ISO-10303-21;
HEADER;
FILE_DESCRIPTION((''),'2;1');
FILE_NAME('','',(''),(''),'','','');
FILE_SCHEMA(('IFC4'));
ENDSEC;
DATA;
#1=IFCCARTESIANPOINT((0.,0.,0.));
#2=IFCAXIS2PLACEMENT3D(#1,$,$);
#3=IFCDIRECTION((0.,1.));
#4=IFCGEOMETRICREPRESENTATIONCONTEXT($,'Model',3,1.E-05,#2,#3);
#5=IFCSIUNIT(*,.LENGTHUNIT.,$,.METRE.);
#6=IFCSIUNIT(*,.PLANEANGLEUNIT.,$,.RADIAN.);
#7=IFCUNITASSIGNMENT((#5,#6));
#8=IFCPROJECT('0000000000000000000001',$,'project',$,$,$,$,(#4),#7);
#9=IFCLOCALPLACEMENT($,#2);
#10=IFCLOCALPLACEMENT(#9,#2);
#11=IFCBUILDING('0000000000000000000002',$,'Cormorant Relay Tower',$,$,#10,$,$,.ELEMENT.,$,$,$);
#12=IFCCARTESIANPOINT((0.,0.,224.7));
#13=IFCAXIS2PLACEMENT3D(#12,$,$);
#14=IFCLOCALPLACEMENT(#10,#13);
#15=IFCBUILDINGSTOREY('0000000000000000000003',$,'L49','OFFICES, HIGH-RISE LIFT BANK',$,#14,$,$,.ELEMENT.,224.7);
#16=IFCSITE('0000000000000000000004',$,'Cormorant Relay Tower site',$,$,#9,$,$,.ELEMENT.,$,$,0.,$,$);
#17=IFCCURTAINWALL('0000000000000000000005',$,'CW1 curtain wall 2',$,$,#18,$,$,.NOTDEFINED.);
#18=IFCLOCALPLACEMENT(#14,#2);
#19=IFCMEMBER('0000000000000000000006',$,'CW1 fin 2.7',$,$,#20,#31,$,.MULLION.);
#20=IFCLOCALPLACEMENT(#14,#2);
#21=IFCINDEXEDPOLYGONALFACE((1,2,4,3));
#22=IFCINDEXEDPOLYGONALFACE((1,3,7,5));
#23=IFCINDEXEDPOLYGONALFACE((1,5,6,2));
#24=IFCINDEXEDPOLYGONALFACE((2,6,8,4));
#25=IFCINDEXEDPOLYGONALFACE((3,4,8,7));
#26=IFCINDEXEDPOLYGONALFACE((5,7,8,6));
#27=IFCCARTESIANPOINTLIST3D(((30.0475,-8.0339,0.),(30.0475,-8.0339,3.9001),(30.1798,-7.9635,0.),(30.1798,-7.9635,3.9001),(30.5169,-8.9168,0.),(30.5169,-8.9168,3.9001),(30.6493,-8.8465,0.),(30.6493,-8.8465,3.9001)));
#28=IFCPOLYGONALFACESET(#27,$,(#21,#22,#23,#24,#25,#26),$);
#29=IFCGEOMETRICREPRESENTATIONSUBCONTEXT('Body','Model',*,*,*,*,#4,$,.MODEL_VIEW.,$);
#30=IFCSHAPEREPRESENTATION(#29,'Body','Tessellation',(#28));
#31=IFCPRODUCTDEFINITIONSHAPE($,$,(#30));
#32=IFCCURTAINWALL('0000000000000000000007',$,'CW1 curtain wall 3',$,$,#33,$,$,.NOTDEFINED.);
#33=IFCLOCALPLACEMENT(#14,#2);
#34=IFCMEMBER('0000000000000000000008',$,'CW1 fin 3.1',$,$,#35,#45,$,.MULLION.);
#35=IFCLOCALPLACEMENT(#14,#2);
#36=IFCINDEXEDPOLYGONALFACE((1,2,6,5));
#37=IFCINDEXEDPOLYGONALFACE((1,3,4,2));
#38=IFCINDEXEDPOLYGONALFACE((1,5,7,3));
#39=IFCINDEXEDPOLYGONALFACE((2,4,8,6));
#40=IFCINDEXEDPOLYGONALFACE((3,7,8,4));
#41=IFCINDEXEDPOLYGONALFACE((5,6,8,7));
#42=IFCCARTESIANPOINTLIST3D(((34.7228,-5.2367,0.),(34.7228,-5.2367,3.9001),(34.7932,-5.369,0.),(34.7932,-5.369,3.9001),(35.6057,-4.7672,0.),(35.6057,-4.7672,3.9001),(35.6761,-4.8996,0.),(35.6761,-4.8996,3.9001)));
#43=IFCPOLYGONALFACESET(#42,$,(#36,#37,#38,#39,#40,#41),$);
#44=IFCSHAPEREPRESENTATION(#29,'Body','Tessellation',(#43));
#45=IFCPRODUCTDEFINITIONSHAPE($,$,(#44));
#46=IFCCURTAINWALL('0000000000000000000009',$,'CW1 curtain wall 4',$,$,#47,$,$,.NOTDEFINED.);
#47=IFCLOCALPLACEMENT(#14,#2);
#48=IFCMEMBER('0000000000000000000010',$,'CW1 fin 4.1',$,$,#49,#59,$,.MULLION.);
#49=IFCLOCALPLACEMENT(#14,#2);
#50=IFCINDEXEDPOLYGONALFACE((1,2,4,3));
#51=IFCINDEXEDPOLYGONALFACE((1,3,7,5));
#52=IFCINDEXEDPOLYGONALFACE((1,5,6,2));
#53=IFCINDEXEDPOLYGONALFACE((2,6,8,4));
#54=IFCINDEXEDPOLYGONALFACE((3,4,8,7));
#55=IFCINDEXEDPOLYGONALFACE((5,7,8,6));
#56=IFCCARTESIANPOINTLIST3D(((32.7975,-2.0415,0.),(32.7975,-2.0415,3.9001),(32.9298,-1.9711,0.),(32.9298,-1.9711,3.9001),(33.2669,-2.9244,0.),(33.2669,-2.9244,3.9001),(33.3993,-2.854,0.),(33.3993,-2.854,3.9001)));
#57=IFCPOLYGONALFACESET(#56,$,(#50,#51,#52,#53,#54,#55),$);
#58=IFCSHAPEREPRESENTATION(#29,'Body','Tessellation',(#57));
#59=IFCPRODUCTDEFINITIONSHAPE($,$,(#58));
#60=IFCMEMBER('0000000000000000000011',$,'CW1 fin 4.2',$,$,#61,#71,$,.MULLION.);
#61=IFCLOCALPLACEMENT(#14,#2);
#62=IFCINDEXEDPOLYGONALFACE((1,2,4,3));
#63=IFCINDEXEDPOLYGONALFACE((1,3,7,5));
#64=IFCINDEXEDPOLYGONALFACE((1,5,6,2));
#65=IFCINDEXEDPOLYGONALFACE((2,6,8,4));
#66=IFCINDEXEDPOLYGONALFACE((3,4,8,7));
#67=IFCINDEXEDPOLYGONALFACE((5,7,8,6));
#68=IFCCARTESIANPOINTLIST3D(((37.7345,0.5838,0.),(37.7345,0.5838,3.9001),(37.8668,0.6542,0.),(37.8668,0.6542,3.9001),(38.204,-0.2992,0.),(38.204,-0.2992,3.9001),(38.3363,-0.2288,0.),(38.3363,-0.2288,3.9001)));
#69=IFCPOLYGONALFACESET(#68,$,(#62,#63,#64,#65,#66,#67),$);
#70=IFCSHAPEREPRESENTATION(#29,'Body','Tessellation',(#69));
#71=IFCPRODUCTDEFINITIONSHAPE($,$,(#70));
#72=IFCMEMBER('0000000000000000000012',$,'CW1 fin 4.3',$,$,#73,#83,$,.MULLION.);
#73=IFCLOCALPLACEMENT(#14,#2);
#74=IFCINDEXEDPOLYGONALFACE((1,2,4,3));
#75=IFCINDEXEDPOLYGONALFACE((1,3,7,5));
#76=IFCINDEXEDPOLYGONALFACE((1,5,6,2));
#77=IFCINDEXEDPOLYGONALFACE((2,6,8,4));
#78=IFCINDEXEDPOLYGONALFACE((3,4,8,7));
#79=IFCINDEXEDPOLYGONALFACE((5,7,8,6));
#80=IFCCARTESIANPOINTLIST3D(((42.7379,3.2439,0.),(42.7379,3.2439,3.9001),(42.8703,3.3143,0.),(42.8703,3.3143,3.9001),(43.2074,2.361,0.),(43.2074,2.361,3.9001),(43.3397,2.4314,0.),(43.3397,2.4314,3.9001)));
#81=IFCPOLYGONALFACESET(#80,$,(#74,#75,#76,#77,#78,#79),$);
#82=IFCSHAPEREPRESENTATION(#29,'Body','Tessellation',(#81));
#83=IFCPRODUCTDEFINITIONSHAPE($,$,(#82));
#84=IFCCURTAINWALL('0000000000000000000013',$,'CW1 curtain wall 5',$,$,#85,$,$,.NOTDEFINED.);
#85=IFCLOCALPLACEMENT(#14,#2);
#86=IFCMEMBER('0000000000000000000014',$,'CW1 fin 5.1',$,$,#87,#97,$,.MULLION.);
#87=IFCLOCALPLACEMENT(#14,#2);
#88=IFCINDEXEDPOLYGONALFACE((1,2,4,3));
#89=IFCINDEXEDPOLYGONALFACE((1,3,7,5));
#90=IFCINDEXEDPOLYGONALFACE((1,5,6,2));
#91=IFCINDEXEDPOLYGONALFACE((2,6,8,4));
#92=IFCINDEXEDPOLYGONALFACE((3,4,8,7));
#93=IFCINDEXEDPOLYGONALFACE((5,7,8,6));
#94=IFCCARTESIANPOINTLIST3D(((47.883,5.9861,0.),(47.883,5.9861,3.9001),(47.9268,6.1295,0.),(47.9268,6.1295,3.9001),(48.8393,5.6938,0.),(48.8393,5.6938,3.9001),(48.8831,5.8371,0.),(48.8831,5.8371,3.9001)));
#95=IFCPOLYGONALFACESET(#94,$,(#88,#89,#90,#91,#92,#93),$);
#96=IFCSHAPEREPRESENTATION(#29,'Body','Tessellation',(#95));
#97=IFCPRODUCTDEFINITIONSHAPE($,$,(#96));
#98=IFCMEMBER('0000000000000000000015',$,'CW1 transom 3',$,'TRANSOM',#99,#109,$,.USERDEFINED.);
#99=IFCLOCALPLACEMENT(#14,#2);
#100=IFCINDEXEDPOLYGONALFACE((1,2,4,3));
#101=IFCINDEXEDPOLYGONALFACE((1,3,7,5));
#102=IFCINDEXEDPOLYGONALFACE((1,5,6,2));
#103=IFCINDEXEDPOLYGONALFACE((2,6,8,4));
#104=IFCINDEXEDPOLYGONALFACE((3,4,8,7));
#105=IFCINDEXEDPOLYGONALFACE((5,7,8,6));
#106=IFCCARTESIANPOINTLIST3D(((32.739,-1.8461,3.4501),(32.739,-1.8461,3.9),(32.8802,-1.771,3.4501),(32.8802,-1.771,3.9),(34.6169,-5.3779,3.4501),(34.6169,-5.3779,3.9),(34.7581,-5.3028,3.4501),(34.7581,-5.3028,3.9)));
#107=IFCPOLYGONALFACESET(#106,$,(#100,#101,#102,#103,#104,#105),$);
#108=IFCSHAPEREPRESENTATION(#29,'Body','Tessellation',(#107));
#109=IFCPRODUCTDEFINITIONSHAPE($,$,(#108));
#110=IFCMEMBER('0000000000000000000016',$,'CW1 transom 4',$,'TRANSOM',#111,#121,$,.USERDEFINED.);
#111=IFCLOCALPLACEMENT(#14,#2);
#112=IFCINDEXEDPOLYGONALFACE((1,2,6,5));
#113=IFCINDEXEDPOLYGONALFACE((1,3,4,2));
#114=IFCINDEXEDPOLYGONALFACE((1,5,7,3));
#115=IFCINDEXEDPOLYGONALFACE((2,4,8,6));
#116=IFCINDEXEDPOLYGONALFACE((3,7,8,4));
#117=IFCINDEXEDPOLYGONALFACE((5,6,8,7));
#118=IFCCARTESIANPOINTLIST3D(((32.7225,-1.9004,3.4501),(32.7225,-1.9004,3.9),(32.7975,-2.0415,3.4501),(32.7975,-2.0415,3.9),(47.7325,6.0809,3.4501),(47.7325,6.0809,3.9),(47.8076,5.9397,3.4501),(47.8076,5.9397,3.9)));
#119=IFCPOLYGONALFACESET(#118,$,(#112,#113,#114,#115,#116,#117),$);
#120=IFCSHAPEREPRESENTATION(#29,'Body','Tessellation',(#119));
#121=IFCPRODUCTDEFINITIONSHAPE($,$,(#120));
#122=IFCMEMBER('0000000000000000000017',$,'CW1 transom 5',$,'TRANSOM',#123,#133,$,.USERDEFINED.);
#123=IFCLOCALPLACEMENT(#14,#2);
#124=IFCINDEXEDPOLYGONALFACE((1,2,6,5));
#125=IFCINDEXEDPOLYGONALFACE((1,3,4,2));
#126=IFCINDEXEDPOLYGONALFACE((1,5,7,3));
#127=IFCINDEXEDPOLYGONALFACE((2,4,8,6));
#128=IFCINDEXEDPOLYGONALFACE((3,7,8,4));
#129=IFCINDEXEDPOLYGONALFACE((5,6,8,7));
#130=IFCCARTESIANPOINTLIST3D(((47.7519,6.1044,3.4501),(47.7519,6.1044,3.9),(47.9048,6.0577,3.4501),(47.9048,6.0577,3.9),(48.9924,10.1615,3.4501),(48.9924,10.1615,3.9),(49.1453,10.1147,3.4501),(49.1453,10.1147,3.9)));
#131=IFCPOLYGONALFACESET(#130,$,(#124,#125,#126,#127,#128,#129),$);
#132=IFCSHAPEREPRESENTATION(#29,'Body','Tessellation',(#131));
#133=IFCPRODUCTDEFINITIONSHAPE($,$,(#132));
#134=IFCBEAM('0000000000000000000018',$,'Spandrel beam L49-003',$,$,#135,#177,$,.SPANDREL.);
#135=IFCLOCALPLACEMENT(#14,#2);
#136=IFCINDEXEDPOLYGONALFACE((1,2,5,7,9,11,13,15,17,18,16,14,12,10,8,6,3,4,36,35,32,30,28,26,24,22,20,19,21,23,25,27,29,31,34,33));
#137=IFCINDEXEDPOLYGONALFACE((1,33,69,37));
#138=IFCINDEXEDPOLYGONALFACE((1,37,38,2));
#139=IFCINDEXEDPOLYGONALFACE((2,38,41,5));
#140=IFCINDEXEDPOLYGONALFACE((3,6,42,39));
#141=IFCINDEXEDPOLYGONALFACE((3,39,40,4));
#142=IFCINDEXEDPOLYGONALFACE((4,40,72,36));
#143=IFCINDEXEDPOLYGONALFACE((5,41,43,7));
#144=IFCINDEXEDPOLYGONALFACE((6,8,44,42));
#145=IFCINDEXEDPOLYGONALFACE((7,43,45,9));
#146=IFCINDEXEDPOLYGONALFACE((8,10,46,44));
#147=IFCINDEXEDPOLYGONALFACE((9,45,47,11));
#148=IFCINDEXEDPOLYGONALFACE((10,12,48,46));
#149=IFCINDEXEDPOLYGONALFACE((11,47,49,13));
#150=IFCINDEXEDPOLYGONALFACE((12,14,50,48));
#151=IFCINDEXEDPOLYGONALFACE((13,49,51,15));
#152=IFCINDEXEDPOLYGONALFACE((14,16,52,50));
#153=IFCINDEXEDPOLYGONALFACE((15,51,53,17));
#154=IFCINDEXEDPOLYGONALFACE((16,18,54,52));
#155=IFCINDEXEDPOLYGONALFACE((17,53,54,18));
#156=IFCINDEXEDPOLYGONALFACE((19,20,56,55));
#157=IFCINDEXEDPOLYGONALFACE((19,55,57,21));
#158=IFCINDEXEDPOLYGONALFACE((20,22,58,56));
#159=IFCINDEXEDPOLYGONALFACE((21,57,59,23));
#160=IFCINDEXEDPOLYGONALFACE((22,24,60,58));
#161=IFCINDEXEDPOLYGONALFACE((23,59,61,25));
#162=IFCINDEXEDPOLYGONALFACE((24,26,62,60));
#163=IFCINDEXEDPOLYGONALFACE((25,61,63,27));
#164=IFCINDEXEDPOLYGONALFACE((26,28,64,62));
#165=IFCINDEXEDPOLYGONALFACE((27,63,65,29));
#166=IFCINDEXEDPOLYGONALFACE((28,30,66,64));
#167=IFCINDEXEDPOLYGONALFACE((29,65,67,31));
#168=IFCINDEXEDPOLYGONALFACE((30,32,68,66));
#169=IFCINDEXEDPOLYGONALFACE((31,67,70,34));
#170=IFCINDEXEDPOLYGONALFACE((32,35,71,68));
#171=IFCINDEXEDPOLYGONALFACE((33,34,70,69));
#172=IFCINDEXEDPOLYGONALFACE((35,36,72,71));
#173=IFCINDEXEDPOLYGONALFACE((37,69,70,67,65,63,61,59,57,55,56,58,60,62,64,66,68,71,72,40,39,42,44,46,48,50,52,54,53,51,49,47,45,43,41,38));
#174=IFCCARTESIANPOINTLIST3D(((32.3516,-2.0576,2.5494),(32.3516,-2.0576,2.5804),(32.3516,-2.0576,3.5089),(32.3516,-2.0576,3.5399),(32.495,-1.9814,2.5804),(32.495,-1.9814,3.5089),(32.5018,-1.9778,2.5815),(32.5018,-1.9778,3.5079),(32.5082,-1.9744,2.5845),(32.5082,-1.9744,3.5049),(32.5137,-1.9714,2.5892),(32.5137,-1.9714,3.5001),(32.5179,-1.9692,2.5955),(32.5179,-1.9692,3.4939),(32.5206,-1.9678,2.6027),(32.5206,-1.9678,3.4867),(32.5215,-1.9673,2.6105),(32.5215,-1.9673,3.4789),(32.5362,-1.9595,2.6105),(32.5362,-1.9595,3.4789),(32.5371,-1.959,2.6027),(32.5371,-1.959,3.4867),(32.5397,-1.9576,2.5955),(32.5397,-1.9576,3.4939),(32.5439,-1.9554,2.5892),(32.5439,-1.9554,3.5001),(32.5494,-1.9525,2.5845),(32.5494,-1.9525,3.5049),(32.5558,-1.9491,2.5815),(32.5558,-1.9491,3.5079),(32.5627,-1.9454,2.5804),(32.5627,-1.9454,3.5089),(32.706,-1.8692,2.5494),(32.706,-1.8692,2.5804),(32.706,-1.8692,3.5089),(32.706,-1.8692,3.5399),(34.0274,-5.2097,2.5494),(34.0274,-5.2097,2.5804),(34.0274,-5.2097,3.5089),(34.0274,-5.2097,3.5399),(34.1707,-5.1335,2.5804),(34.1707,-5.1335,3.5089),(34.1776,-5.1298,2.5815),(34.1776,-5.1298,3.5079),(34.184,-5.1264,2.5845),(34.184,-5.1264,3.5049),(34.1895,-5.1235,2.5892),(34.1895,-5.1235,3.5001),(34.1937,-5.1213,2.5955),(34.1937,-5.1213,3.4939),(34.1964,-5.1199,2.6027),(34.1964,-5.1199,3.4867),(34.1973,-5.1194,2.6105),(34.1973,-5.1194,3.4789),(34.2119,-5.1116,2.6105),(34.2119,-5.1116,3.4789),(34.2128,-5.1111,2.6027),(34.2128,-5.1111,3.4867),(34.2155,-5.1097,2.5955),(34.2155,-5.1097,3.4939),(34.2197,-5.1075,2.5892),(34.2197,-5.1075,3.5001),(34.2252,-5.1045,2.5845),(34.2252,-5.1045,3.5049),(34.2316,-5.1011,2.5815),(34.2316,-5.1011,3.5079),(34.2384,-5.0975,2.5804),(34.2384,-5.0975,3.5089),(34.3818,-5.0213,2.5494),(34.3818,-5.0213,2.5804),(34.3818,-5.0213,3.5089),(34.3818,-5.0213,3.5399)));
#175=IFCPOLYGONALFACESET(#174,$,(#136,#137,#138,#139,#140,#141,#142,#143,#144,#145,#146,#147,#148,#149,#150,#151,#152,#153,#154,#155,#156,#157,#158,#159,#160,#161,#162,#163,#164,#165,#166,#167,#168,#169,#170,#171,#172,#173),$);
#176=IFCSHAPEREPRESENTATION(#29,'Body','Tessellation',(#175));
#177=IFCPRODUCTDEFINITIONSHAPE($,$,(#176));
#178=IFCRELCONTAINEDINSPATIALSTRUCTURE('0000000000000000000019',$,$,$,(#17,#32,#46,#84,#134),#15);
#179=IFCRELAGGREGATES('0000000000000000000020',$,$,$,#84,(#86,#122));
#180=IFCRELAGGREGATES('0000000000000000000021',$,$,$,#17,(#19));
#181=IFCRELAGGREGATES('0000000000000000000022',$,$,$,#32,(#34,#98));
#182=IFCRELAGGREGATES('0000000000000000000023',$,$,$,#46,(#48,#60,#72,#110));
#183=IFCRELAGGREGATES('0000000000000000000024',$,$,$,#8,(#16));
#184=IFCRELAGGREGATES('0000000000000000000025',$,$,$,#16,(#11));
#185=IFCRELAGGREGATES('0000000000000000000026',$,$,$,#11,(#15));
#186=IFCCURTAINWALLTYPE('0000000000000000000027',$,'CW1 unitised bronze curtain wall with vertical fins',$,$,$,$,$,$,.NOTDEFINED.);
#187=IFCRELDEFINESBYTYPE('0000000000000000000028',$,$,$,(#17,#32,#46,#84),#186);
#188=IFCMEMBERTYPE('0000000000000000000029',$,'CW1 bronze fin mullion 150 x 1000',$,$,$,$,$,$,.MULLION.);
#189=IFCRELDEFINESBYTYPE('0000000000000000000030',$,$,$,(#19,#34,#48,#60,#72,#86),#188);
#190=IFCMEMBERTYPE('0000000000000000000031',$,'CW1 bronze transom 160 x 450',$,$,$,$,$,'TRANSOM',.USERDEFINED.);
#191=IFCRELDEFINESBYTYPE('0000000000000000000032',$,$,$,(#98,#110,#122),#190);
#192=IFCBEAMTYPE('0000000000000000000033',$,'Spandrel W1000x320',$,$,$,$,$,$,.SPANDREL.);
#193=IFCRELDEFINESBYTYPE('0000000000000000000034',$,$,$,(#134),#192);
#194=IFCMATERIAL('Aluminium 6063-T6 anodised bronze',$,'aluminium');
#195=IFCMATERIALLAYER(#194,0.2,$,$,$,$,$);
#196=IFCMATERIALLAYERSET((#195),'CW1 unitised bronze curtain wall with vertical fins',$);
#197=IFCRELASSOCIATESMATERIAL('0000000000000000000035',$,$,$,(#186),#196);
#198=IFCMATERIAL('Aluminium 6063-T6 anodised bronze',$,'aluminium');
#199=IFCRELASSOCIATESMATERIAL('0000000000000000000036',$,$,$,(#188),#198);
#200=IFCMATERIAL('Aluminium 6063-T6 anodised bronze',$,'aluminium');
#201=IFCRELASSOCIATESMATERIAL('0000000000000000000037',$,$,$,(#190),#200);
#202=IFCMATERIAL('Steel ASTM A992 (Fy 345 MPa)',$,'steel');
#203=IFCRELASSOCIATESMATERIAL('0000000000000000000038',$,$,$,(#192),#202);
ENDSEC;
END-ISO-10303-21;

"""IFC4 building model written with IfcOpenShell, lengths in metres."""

from ifc_helpers import new_model, si_unit, direction, frame, origin, origin_2d, place, context, subcontext, project, spatial, rectangle, i_section, extrude, material, layer, layer_set, material_profile, profile_set, type_object, element, aggregate, save


model = new_model("IFC4")

# Units and contexts
model_context = context("Model", 3, precision=1e-05, world=origin(), true_north=direction((0.0, 1.0)))
body_context = subcontext(model_context, "Body", "Model", "MODEL_VIEW")
ifc_project = project(units=[si_unit("LENGTHUNIT", "METRE"), si_unit("PLANEANGLEUNIT", "RADIAN")], contexts=[model_context])

# Site, building, storey
site_placement = place(None, origin())
site = spatial("IfcSite", under=ifc_project, at=site_placement, Name="Cormorant Relay Tower site", CompositionType="ELEMENT", RefElevation=0.0)
building_placement = place(site_placement, origin())
building = spatial("IfcBuilding", under=site, at=building_placement, Name="Cormorant Relay Tower", CompositionType="ELEMENT")
storey_placement = place(building_placement, frame((0.0, 0.0, 224.7)))
storey = spatial("IfcBuildingStorey", under=building, at=storey_placement, Name="L49", Description="OFFICES, HIGH-RISE LIFT BANK", CompositionType="ELEMENT", Elevation=224.7)

# Curtain walls, members
ifc_material_1 = material(Name="Aluminium 6063-T6 anodised bronze", Category="aluminium")
ifc_layer_1 = layer(ifc_material_1, 0.2)
ifc_layer_set_1 = layer_set([ifc_layer_1], Name="CW1 unitised bronze curtain wall with vertical fins")
curtain_wall_type = type_object("IfcCurtainWallType", Name="CW1 unitised bronze curtain wall with vertical fins", PredefinedType="NOTDEFINED", material=ifc_layer_set_1)
curtain_wall_1_placement = place(storey_placement, origin())
curtain_wall_1 = element("IfcCurtainWall", 1, at=curtain_wall_1_placement, inside=storey, type_object=curtain_wall_type, Name="CW1 curtain wall 2", PredefinedType="NOTDEFINED")
ifc_material_2 = material(Name="Aluminium 6063-T6 anodised bronze", Category="aluminium")
ifc_material_profile_1 = material_profile(ifc_material_2, rectangle(XDim=0.1499, YDim=1.0, at=origin_2d()), Name="AL 150x1000")
ifc_profile_set_1 = profile_set([ifc_material_profile_1], Name="Aluminium 6063-T6 anodised bronze")
member_type_1 = type_object("IfcMemberType", Name="CW1 bronze fin mullion 150 x 1000", PredefinedType="MULLION", material=ifc_profile_set_1)
member_1_placement = place(storey_placement, frame((30.3484, -8.4402, 0.0), z_axis=(0.0, 0.0, 1.0), x_axis=(0.882948, 0.469472, 0.0)))
member_1 = element("IfcMember", 2, at=member_1_placement, type_object=member_type_1, Name="CW1 fin 2.7", PredefinedType="MULLION", context=body_context, shape_type="SweptSolid", body=[
    extrude(rectangle(XDim=0.1499, YDim=1.0, at=origin_2d()), origin(), (0.0, 0.0, 1.0), 3.9001),
])
curtain_wall_2_placement = place(storey_placement, origin())
curtain_wall_2 = element("IfcCurtainWall", 3, at=curtain_wall_2_placement, inside=storey, type_object=curtain_wall_type, Name="CW1 curtain wall 3", PredefinedType="NOTDEFINED")
member_2_placement = place(storey_placement, frame((35.1995, -5.0681, 0.0), z_axis=(0.0, 0.0, 1.0), x_axis=(-0.469472, 0.882948, 0.0)))
member_2 = element("IfcMember", 4, at=member_2_placement, type_object=member_type_1, Name="CW1 fin 3.1", PredefinedType="MULLION", context=body_context, shape_type="SweptSolid", body=[
    extrude(rectangle(XDim=0.1499, YDim=1.0, at=origin_2d()), origin(), (0.0, 0.0, 1.0), 3.9001),
])

# Curtain wall, members
curtain_wall_3_placement = place(storey_placement, origin())
curtain_wall_3 = element("IfcCurtainWall", 5, at=curtain_wall_3_placement, inside=storey, type_object=curtain_wall_type, Name="CW1 curtain wall 4", PredefinedType="NOTDEFINED")
member_3_placement = place(storey_placement, frame((33.0984, -2.4478, 0.0), z_axis=(0.0, 0.0, 1.0), x_axis=(0.882948, 0.469472, 0.0)))
member_3 = element("IfcMember", 6, at=member_3_placement, type_object=member_type_1, Name="CW1 fin 4.1", PredefinedType="MULLION", context=body_context, shape_type="SweptSolid", body=[
    extrude(rectangle(XDim=0.1499, YDim=1.0, at=origin_2d()), origin(), (0.0, 0.0, 1.0), 3.9001),
])
member_4_placement = place(storey_placement, frame((38.0354, 0.1775, 0.0), z_axis=(0.0, 0.0, 1.0), x_axis=(0.882948, 0.469472, 0.0)))
member_4 = element("IfcMember", 7, at=member_4_placement, type_object=member_type_1, Name="CW1 fin 4.2", PredefinedType="MULLION", context=body_context, shape_type="SweptSolid", body=[
    extrude(rectangle(XDim=0.1499, YDim=1.0, at=origin_2d()), origin(), (0.0, 0.0, 1.0), 3.9001),
])
member_5_placement = place(storey_placement, frame((43.0388, 2.8376, 0.0), z_axis=(0.0, 0.0, 1.0), x_axis=(0.882948, 0.469472, 0.0)))
member_5 = element("IfcMember", 8, at=member_5_placement, type_object=member_type_1, Name="CW1 fin 4.3", PredefinedType="MULLION", context=body_context, shape_type="SweptSolid", body=[
    extrude(rectangle(XDim=0.1499, YDim=1.0, at=origin_2d()), origin(), (0.0, 0.0, 1.0), 3.9001),
])

# Curtain wall, member
curtain_wall_4_placement = place(storey_placement, origin())
curtain_wall_4 = element("IfcCurtainWall", 9, at=curtain_wall_4_placement, inside=storey, type_object=curtain_wall_type, Name="CW1 curtain wall 5", PredefinedType="NOTDEFINED")
member_6_placement = place(storey_placement, frame((48.3831, 5.9116, 0.0), z_axis=(0.0, 0.0, 1.0), x_axis=(0.292372, 0.956305, 0.0)))
member_6 = element("IfcMember", 10, at=member_6_placement, type_object=member_type_1, Name="CW1 fin 5.1", PredefinedType="MULLION", context=body_context, shape_type="SweptSolid", body=[
    extrude(rectangle(XDim=0.1499, YDim=1.0, at=origin_2d()), origin(), (0.0, 0.0, 1.0), 3.9001),
])

# Members
ifc_material_3 = material(Name="Aluminium 6063-T6 anodised bronze", Category="aluminium")
ifc_material_profile_2 = material_profile(ifc_material_3, rectangle(XDim=0.1599, YDim=0.45, at=origin_2d()), Name="AL 160x450")
ifc_profile_set_2 = profile_set([ifc_material_profile_2], Name="Aluminium 6063-T6 anodised bronze")
member_type_2 = type_object("IfcMemberType", Name="CW1 bronze transom 160 x 450", ElementType="TRANSOM", PredefinedType="USERDEFINED", material=ifc_profile_set_2)
member_7_placement = place(storey_placement, frame((34.6875, -5.3403, 3.675), z_axis=(-0.469485, 0.88294, 0.0), x_axis=(-0.88294, -0.469485, 0.0)))
member_7 = element("IfcMember", 11, at=member_7_placement, type_object=member_type_2, Name="CW1 transom 3", ObjectType="TRANSOM", PredefinedType="USERDEFINED", context=body_context, shape_type="SweptSolid", body=[
    extrude(rectangle(XDim=0.1599, YDim=0.45, at=origin_2d()), origin(), (0.0, 0.0, 1.0), 4.0),
])
member_8_placement = place(storey_placement, frame((32.76, -1.9709, 3.675), z_axis=(0.882942, 0.469482, 0.0), x_axis=(-0.469482, 0.882942, 0.0)))
member_8 = element("IfcMember", 12, at=member_8_placement, type_object=member_type_2, Name="CW1 transom 4", ObjectType="TRANSOM", PredefinedType="USERDEFINED", context=body_context, shape_type="SweptSolid", body=[
    extrude(rectangle(XDim=0.1599, YDim=0.45, at=origin_2d()), origin(), (0.0, 0.0, 1.0), 17.0),
])
member_9_placement = place(storey_placement, frame((47.8284, 6.0811, 3.675), z_axis=(0.292391, 0.956299, 0.0), x_axis=(-0.956299, 0.292391, 0.0)))
member_9 = element("IfcMember", 13, at=member_9_placement, type_object=member_type_2, Name="CW1 transom 5", ObjectType="TRANSOM", PredefinedType="USERDEFINED", context=body_context, shape_type="SweptSolid", body=[
    extrude(rectangle(XDim=0.1599, YDim=0.45, at=origin_2d()), origin(), (0.0, 0.0, 1.0), 4.2424),
])
aggregate(curtain_wall_4, [member_6, member_9])

# Beam
ifc_material_4 = material(Name="Steel ASTM A992 (Fy 345 MPa)", Category="steel")
ifc_material_profile_3 = material_profile(ifc_material_4, i_section(OverallWidth=0.4014, OverallDepth=0.9905, WebThickness=0.0166, FlangeThickness=0.031, FilletRadius=0.03, at=origin_2d()), Name="W1000x320")
ifc_profile_set_3 = profile_set([ifc_material_profile_3], Name="Steel ASTM A992 (Fy 345 MPa)")
beam_type = type_object("IfcBeamType", Name="Spandrel W1000x320", PredefinedType="SPANDREL", material=ifc_profile_set_3)
beam_1_placement = place(storey_placement, frame((34.2046, -5.1155, 3.0447), z_axis=(-0.469424, 0.882973, 0.0), x_axis=(-0.882973, -0.469424, 0.0)))
element("IfcBeam", 14, at=beam_1_placement, inside=storey, type_object=beam_type, Name="Spandrel beam L49-003", PredefinedType="SPANDREL", context=body_context, shape_type="SweptSolid", body=[
    extrude(i_section(OverallWidth=0.4014, OverallDepth=0.9905, WebThickness=0.0166, FlangeThickness=0.031, FilletRadius=0.03, at=origin_2d()), origin(), (0.0, 0.0, 1.0), 3.5698),
])

aggregate(curtain_wall_1, [member_1])
aggregate(curtain_wall_2, [member_2, member_7])
aggregate(curtain_wall_3, [member_3, member_4, member_5, member_8])

save(model, "model.ifc")
